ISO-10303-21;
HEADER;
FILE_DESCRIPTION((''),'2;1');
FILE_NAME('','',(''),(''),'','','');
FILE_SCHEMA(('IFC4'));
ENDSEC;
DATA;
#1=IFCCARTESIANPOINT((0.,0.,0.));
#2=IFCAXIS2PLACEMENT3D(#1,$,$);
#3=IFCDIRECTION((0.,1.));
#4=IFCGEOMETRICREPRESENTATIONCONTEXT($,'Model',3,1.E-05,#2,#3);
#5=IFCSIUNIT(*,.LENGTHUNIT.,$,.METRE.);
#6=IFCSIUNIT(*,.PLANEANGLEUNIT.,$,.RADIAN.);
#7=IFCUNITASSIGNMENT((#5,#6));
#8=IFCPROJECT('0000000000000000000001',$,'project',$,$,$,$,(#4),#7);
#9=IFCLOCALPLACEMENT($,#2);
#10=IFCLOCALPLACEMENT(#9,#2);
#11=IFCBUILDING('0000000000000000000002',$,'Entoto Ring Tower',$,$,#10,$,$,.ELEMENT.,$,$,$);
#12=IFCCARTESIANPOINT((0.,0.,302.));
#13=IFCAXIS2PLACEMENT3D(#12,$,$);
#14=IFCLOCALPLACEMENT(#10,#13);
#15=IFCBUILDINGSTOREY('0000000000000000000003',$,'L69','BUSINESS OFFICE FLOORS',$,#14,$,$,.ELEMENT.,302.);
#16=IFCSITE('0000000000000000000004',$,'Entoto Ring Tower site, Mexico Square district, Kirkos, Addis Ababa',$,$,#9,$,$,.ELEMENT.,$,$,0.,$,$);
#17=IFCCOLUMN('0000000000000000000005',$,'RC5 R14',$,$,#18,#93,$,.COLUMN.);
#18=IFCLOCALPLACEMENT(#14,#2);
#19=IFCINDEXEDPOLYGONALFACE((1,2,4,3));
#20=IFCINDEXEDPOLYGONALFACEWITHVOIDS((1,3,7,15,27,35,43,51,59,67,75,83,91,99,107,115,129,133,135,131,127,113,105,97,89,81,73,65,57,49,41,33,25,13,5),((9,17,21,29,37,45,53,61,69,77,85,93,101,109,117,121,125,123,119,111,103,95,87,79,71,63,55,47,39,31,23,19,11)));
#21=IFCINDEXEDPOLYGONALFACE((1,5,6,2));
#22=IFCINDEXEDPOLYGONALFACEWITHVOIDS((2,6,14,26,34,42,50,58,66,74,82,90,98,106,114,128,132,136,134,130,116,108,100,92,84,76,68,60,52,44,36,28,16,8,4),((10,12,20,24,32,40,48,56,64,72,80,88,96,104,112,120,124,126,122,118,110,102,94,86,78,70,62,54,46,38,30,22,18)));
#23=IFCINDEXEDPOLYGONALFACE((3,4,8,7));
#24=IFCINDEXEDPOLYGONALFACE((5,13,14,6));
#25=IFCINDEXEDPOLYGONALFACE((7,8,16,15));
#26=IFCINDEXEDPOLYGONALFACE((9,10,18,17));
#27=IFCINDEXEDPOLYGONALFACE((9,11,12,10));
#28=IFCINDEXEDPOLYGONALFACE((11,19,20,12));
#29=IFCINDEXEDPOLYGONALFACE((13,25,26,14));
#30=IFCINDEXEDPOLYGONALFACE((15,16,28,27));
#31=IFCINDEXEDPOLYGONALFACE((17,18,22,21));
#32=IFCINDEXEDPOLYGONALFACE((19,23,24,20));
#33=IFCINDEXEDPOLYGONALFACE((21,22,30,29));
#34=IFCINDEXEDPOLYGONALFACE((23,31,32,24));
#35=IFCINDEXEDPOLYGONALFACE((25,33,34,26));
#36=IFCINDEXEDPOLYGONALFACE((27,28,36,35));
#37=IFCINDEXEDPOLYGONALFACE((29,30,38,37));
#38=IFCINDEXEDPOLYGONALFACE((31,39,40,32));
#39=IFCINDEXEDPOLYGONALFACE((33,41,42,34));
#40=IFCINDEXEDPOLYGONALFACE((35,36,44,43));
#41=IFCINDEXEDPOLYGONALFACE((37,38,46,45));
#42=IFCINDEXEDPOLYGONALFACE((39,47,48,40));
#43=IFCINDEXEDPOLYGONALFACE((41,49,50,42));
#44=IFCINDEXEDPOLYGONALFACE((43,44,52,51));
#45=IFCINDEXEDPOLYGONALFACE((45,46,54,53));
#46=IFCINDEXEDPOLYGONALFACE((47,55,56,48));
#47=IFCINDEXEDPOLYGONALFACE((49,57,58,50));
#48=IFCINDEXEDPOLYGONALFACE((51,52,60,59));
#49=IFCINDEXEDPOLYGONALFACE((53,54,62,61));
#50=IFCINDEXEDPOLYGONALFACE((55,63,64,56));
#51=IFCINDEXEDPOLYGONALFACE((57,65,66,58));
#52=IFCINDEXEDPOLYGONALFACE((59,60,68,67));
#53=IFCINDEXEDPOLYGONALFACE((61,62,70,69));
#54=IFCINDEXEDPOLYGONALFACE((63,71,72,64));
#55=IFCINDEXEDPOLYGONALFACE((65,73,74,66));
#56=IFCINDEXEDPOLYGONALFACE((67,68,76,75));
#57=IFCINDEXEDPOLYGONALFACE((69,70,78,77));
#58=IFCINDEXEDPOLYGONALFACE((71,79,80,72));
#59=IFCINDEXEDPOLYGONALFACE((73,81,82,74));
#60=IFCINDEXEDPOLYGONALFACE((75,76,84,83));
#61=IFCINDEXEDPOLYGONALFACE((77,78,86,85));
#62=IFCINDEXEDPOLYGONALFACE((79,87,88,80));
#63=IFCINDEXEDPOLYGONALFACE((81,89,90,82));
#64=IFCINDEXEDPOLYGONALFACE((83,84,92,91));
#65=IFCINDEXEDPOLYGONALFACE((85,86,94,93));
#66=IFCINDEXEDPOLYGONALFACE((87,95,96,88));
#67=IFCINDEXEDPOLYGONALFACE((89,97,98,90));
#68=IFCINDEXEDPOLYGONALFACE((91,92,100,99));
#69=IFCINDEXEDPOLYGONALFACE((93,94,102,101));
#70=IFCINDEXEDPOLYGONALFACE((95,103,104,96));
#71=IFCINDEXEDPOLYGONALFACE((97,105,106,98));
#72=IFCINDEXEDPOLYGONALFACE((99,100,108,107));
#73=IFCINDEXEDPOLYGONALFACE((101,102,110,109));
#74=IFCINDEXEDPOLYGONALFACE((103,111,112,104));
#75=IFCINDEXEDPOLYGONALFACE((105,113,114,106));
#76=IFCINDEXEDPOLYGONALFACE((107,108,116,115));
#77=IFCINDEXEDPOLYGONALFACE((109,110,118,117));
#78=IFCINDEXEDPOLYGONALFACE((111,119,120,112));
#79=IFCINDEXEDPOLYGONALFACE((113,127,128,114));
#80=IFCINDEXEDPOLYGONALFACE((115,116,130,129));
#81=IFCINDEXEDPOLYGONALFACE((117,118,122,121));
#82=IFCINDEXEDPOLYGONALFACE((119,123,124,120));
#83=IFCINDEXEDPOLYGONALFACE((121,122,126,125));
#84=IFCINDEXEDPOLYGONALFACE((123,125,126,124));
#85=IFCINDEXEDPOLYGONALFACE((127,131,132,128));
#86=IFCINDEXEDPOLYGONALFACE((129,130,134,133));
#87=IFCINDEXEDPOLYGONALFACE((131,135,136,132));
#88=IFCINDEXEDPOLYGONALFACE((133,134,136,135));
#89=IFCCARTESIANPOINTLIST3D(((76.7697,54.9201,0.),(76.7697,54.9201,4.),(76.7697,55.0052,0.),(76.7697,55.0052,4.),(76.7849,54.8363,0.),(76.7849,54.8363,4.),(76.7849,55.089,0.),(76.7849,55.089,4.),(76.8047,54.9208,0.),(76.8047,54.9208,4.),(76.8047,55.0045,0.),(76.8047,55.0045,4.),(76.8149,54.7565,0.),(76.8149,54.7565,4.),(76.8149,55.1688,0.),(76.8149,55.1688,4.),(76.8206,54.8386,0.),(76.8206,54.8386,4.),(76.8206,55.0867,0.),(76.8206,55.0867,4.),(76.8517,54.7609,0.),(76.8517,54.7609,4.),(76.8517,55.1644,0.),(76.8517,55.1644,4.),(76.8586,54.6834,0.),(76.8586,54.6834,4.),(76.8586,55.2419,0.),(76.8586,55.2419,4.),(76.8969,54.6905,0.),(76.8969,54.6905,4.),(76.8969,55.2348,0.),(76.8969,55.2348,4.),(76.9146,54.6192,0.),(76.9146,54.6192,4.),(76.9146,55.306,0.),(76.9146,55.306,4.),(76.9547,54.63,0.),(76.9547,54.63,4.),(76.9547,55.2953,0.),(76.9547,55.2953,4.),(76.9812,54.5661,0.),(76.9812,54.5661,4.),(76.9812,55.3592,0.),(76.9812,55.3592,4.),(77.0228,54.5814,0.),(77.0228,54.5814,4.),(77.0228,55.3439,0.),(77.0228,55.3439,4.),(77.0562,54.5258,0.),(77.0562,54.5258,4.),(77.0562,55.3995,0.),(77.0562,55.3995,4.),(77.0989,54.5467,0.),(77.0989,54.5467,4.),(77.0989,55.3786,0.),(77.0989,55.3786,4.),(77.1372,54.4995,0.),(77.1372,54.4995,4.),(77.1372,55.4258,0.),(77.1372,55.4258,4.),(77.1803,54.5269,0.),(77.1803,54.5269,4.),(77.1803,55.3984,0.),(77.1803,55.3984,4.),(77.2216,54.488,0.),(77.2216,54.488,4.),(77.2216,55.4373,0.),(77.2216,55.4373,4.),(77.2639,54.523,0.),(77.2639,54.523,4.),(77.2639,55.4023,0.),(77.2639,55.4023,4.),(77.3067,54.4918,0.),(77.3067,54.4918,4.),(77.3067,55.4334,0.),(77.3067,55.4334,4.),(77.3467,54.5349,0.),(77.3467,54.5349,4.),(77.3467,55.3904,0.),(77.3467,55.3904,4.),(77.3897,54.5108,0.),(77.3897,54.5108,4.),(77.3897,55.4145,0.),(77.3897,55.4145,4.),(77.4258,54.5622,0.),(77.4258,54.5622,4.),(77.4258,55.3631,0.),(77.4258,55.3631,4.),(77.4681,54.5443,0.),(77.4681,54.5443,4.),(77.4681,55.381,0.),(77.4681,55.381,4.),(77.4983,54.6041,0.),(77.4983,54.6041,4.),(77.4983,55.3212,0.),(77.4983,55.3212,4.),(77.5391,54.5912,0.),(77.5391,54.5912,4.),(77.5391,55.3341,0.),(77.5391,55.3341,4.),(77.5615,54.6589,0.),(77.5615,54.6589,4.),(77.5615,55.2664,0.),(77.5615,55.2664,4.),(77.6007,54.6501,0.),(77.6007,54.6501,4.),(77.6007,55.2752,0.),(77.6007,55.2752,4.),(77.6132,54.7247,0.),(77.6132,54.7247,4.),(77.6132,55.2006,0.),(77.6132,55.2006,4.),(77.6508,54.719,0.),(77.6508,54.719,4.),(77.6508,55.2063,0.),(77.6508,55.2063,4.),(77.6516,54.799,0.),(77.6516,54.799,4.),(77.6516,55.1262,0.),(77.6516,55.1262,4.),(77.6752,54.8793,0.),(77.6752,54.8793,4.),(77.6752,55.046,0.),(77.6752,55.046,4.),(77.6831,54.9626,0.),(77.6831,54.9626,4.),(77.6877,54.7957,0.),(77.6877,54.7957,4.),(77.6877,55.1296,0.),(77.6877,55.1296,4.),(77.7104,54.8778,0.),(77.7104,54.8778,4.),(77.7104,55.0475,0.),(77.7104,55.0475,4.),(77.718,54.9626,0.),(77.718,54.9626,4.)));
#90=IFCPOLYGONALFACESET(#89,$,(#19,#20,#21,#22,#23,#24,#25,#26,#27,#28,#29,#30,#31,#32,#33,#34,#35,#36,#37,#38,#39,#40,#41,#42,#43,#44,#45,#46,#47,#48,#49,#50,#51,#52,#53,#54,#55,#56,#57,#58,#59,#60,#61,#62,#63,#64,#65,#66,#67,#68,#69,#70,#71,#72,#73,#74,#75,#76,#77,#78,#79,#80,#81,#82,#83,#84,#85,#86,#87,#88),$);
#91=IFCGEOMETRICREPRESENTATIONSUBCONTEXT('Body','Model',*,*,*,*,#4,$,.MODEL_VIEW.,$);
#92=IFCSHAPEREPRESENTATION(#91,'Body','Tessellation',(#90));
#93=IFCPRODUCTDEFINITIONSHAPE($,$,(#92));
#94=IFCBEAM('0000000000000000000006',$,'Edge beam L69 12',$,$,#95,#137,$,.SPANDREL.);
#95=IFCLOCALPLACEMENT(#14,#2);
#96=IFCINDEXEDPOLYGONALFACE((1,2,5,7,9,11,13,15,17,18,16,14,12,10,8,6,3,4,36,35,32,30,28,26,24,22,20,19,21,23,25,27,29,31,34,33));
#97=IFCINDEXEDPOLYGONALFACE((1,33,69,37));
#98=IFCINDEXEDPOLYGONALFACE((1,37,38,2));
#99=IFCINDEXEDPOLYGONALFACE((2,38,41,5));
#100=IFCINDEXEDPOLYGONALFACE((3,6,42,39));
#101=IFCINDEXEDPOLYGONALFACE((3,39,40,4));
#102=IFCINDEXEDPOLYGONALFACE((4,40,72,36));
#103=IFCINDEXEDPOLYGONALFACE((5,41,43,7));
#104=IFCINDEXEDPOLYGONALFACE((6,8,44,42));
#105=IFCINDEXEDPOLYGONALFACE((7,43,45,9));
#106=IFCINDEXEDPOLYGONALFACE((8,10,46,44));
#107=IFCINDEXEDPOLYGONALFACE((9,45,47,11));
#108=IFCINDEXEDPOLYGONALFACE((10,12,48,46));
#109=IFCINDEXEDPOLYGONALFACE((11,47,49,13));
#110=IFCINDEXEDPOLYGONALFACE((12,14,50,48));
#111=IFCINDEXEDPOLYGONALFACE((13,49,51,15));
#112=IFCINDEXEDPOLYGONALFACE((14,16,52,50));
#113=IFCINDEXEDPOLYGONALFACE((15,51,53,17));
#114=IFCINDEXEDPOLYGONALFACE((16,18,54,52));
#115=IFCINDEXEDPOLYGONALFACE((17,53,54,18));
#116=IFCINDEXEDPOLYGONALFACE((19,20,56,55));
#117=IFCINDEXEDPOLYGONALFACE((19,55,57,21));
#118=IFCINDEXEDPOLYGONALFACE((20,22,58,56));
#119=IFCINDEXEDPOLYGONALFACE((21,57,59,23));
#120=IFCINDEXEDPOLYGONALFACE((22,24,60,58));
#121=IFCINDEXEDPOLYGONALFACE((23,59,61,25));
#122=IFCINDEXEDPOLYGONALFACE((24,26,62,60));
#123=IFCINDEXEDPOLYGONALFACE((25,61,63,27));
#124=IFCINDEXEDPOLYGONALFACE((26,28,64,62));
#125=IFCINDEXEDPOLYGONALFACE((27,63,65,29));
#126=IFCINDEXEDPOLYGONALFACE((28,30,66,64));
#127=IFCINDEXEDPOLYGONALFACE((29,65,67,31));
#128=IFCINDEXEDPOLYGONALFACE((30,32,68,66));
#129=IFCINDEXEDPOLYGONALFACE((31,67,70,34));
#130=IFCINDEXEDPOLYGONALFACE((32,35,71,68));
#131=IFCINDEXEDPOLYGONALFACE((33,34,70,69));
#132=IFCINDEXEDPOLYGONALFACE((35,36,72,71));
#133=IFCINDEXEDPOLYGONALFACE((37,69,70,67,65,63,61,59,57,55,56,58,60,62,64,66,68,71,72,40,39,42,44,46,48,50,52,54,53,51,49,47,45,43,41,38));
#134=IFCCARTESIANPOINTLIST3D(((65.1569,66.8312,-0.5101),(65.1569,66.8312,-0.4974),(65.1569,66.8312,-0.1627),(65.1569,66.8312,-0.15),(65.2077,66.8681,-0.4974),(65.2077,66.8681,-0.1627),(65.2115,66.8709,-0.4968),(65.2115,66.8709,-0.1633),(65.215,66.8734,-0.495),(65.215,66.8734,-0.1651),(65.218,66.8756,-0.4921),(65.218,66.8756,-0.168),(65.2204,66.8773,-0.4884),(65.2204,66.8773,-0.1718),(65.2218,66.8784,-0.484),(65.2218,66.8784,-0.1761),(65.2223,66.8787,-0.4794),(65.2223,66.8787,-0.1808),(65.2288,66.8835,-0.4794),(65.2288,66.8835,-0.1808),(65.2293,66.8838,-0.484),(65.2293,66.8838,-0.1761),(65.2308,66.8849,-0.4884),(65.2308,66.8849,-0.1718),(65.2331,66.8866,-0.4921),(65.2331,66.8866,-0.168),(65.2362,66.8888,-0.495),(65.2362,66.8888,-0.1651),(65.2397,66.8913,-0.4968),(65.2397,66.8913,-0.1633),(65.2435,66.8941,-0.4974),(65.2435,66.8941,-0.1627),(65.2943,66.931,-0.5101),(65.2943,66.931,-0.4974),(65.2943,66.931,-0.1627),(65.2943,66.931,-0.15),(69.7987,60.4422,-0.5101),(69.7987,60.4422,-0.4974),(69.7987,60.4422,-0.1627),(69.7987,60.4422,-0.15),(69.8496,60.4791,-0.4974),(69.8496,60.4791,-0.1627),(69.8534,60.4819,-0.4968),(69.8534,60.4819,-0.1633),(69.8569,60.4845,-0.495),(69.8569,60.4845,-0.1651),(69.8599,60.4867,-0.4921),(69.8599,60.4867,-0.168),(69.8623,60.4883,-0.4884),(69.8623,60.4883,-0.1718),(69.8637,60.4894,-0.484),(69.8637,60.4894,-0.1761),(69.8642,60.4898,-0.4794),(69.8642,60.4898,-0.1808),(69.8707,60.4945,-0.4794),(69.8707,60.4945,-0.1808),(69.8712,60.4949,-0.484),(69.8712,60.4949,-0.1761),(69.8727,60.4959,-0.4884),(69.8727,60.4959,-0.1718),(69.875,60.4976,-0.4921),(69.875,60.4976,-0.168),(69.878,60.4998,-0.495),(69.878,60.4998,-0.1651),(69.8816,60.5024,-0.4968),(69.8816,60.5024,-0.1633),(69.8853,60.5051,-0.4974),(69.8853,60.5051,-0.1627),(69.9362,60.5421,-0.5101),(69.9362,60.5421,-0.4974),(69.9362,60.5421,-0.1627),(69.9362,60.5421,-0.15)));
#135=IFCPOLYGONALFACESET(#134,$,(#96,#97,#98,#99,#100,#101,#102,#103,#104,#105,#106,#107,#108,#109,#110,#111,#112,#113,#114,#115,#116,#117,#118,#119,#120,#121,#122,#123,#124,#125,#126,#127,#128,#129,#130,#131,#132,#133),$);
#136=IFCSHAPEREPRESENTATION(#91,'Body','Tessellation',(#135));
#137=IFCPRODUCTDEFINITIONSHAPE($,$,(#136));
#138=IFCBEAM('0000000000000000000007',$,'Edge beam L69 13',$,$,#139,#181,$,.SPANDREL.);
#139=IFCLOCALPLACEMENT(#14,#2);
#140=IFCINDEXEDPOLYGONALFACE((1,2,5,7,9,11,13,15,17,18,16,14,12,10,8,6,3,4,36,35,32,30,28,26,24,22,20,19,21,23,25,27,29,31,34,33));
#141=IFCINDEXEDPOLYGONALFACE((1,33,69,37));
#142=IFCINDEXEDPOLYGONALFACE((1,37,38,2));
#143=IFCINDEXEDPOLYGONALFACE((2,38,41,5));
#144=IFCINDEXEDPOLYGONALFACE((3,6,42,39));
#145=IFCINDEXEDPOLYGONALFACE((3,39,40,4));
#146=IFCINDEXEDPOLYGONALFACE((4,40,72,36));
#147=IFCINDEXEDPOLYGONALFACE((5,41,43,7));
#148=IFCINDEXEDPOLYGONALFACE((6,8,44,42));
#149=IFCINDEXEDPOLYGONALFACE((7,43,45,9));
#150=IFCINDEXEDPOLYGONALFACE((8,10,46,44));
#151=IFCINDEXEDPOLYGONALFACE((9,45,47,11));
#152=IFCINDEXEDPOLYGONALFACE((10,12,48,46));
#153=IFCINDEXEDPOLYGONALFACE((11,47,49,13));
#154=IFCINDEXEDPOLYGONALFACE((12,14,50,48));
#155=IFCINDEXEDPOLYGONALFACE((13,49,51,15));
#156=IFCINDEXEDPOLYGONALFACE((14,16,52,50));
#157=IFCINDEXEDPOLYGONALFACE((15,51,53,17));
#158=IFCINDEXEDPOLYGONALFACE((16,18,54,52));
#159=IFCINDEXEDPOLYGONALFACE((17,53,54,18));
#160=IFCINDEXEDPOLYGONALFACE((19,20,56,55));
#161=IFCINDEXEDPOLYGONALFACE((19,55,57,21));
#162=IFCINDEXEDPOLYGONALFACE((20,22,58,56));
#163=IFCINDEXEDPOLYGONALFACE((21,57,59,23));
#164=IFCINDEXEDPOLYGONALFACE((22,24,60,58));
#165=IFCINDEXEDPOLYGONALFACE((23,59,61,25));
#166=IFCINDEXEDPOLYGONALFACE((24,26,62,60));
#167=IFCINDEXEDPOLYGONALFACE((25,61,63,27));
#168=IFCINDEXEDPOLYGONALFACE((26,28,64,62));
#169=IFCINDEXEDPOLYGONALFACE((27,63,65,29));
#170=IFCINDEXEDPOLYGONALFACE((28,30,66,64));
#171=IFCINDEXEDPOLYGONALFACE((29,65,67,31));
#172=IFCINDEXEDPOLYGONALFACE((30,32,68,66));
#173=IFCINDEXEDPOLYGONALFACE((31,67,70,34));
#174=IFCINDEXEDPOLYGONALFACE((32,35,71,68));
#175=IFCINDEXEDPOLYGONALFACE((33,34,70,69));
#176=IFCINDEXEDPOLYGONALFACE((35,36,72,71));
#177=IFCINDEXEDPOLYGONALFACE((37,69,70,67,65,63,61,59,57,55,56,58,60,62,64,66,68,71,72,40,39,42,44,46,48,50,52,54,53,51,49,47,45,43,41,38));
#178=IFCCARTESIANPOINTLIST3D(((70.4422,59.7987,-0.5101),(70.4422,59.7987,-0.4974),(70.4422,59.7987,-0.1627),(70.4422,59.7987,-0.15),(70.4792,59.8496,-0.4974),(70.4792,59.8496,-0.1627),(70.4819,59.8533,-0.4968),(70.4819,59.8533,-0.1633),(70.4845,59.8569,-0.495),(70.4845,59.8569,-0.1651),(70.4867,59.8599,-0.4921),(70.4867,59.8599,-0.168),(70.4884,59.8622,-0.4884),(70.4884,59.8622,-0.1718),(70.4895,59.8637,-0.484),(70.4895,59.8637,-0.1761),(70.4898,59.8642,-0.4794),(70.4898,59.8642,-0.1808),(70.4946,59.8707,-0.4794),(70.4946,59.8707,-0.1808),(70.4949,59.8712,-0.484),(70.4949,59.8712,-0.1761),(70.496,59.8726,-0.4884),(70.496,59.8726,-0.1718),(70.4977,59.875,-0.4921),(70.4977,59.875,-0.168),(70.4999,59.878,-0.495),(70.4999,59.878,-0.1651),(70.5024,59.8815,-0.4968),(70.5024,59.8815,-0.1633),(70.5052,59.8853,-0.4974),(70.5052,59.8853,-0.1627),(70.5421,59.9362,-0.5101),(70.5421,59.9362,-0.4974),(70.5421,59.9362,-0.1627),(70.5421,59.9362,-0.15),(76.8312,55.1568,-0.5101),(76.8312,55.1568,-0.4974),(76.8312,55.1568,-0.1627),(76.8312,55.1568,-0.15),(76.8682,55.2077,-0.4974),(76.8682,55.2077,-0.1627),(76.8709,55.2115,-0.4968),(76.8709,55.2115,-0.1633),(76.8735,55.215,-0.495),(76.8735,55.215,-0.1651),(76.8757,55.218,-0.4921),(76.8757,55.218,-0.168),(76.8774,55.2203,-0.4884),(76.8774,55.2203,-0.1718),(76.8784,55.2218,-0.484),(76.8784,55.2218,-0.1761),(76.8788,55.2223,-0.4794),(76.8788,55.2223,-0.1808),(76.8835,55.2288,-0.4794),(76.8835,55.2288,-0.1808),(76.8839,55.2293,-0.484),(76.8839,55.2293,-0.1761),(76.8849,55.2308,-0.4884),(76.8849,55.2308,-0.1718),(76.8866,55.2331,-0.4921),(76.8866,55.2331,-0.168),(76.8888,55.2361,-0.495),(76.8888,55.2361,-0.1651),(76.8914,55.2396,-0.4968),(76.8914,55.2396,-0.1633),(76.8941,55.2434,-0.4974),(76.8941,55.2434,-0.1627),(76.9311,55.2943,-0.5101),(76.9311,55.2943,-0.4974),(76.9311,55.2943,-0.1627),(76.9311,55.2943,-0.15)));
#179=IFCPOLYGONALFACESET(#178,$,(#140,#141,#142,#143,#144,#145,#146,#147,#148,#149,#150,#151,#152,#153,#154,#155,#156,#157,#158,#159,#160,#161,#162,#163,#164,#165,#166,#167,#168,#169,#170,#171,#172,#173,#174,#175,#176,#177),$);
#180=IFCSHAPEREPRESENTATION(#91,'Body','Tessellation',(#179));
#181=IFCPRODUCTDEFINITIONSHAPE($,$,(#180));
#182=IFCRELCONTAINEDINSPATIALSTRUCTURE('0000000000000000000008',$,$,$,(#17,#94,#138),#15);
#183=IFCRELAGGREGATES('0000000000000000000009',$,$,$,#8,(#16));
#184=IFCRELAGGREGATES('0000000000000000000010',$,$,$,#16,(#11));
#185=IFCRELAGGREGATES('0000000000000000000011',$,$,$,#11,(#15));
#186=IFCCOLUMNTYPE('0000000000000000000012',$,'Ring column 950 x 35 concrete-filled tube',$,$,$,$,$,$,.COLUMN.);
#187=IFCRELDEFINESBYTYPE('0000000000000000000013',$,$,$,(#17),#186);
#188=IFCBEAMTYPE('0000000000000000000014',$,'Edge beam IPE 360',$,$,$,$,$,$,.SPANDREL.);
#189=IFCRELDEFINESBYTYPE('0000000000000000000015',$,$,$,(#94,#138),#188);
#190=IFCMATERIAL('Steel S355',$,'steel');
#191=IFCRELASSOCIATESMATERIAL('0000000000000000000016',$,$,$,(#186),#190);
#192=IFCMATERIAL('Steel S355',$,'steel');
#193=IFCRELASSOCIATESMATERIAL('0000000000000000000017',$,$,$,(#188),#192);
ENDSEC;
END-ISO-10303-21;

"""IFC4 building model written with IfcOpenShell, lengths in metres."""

from ifc_helpers import new_model, si_unit, direction, frame, origin, origin_2d, place, context, subcontext, project, spatial, circle, hollow_circle, i_section, extrude, material, material_profile, profile_set, type_object, element, save


model = new_model("IFC4")

# Units and contexts
model_context = context("Model", 3, precision=1e-05, world=origin(), true_north=direction((0.0, 1.0)))
body_context = subcontext(model_context, "Body", "Model", "MODEL_VIEW")
ifc_project = project(units=[si_unit("LENGTHUNIT", "METRE"), si_unit("PLANEANGLEUNIT", "RADIAN")], contexts=[model_context])

# Site, building, storey
site_placement = place(None, origin())
site = spatial("IfcSite", under=ifc_project, at=site_placement, Name="Entoto Ring Tower site, Mexico Square district, Kirkos, Addis Ababa", CompositionType="ELEMENT", RefElevation=0.0)
building_placement = place(site_placement, origin())
building = spatial("IfcBuilding", under=site, at=building_placement, Name="Entoto Ring Tower", CompositionType="ELEMENT")
storey_placement = place(building_placement, frame((0.0, 0.0, 302.0)))
storey = spatial("IfcBuildingStorey", under=building, at=storey_placement, Name="L69", Description="BUSINESS OFFICE FLOORS", CompositionType="ELEMENT", Elevation=302.0)

# Column
ifc_material_1 = material(Name="Steel S355", Category="steel")
ifc_material_profile_1 = material_profile(ifc_material_1, hollow_circle(Radius=0.4751, WallThickness=0.0349, at=origin_2d()), Name="CHS 950 x 35")
ifc_material_2 = material(Name="Concrete C60/75", Category="concrete")
ifc_material_profile_2 = material_profile(ifc_material_2, circle(Radius=0.4399, at=origin_2d()), Name="Concrete C60/75 infill")
ifc_profile_set_1 = profile_set([ifc_material_profile_1, ifc_material_profile_2], Name="Steel S355")
column_type = type_object("IfcColumnType", Name="Ring column 950 x 35 concrete-filled tube", PredefinedType="COLUMN", material=ifc_profile_set_1)
for number, where, z_axis, x_axis, name in (
    (1, (77.2429, 54.9626, 0.0), (0.0, 0.0, 1.0), (1.0, 0.0, 0.0), "RC5 R14"),
):
    element("IfcColumn", number, at=place(storey_placement, frame(where, z_axis=z_axis, x_axis=x_axis)), inside=storey, type_object=column_type, Name=name, PredefinedType="COLUMN", context=body_context, shape_type="SweptSolid", body=[
        extrude(hollow_circle(Radius=0.4751, WallThickness=0.0349, at=origin_2d()), origin(), (0.0, 0.0, 1.0), 4.0),
    ])

# Beams
ifc_material_3 = material(Name="Steel S355", Category="steel")
ifc_material_profile_3 = material_profile(ifc_material_3, i_section(OverallWidth=0.1699, OverallDepth=0.3601, WebThickness=0.0081, FlangeThickness=0.0127, FilletRadius=0.0181, at=origin_2d()), Name="IPE 360")
ifc_profile_set_2 = profile_set([ifc_material_profile_3], Name="Steel S355")
beam_type_1 = type_object("IfcBeamType", Name="Edge beam IPE 360", PredefinedType="SPANDREL", material=ifc_profile_set_2)
for number, where, z_axis, x_axis, name in (
    (2, (65.2256, 66.8811, -0.3301), (0.587787, -0.809015, 0.0), (0.809015, 0.587787, 0.0), "Edge beam L69 12"),
    (3, (70.4922, 59.8674, -0.3301), (0.809015, -0.587787, 0.0), (0.587787, 0.809015, 0.0), "Edge beam L69 13"),
):
    element("IfcBeam", number, at=place(storey_placement, frame(where, z_axis=z_axis, x_axis=x_axis)), inside=storey, type_object=beam_type_1, Name=name, PredefinedType="SPANDREL", context=body_context, shape_type="SweptSolid", body=[
        extrude(i_section(OverallWidth=0.1699, OverallDepth=0.3601, WebThickness=0.0081, FlangeThickness=0.0127, FilletRadius=0.0181, at=origin_2d()), origin(), (0.0, 0.0, 1.0), 7.8972),
    ])

save(model, "model.ifc")
